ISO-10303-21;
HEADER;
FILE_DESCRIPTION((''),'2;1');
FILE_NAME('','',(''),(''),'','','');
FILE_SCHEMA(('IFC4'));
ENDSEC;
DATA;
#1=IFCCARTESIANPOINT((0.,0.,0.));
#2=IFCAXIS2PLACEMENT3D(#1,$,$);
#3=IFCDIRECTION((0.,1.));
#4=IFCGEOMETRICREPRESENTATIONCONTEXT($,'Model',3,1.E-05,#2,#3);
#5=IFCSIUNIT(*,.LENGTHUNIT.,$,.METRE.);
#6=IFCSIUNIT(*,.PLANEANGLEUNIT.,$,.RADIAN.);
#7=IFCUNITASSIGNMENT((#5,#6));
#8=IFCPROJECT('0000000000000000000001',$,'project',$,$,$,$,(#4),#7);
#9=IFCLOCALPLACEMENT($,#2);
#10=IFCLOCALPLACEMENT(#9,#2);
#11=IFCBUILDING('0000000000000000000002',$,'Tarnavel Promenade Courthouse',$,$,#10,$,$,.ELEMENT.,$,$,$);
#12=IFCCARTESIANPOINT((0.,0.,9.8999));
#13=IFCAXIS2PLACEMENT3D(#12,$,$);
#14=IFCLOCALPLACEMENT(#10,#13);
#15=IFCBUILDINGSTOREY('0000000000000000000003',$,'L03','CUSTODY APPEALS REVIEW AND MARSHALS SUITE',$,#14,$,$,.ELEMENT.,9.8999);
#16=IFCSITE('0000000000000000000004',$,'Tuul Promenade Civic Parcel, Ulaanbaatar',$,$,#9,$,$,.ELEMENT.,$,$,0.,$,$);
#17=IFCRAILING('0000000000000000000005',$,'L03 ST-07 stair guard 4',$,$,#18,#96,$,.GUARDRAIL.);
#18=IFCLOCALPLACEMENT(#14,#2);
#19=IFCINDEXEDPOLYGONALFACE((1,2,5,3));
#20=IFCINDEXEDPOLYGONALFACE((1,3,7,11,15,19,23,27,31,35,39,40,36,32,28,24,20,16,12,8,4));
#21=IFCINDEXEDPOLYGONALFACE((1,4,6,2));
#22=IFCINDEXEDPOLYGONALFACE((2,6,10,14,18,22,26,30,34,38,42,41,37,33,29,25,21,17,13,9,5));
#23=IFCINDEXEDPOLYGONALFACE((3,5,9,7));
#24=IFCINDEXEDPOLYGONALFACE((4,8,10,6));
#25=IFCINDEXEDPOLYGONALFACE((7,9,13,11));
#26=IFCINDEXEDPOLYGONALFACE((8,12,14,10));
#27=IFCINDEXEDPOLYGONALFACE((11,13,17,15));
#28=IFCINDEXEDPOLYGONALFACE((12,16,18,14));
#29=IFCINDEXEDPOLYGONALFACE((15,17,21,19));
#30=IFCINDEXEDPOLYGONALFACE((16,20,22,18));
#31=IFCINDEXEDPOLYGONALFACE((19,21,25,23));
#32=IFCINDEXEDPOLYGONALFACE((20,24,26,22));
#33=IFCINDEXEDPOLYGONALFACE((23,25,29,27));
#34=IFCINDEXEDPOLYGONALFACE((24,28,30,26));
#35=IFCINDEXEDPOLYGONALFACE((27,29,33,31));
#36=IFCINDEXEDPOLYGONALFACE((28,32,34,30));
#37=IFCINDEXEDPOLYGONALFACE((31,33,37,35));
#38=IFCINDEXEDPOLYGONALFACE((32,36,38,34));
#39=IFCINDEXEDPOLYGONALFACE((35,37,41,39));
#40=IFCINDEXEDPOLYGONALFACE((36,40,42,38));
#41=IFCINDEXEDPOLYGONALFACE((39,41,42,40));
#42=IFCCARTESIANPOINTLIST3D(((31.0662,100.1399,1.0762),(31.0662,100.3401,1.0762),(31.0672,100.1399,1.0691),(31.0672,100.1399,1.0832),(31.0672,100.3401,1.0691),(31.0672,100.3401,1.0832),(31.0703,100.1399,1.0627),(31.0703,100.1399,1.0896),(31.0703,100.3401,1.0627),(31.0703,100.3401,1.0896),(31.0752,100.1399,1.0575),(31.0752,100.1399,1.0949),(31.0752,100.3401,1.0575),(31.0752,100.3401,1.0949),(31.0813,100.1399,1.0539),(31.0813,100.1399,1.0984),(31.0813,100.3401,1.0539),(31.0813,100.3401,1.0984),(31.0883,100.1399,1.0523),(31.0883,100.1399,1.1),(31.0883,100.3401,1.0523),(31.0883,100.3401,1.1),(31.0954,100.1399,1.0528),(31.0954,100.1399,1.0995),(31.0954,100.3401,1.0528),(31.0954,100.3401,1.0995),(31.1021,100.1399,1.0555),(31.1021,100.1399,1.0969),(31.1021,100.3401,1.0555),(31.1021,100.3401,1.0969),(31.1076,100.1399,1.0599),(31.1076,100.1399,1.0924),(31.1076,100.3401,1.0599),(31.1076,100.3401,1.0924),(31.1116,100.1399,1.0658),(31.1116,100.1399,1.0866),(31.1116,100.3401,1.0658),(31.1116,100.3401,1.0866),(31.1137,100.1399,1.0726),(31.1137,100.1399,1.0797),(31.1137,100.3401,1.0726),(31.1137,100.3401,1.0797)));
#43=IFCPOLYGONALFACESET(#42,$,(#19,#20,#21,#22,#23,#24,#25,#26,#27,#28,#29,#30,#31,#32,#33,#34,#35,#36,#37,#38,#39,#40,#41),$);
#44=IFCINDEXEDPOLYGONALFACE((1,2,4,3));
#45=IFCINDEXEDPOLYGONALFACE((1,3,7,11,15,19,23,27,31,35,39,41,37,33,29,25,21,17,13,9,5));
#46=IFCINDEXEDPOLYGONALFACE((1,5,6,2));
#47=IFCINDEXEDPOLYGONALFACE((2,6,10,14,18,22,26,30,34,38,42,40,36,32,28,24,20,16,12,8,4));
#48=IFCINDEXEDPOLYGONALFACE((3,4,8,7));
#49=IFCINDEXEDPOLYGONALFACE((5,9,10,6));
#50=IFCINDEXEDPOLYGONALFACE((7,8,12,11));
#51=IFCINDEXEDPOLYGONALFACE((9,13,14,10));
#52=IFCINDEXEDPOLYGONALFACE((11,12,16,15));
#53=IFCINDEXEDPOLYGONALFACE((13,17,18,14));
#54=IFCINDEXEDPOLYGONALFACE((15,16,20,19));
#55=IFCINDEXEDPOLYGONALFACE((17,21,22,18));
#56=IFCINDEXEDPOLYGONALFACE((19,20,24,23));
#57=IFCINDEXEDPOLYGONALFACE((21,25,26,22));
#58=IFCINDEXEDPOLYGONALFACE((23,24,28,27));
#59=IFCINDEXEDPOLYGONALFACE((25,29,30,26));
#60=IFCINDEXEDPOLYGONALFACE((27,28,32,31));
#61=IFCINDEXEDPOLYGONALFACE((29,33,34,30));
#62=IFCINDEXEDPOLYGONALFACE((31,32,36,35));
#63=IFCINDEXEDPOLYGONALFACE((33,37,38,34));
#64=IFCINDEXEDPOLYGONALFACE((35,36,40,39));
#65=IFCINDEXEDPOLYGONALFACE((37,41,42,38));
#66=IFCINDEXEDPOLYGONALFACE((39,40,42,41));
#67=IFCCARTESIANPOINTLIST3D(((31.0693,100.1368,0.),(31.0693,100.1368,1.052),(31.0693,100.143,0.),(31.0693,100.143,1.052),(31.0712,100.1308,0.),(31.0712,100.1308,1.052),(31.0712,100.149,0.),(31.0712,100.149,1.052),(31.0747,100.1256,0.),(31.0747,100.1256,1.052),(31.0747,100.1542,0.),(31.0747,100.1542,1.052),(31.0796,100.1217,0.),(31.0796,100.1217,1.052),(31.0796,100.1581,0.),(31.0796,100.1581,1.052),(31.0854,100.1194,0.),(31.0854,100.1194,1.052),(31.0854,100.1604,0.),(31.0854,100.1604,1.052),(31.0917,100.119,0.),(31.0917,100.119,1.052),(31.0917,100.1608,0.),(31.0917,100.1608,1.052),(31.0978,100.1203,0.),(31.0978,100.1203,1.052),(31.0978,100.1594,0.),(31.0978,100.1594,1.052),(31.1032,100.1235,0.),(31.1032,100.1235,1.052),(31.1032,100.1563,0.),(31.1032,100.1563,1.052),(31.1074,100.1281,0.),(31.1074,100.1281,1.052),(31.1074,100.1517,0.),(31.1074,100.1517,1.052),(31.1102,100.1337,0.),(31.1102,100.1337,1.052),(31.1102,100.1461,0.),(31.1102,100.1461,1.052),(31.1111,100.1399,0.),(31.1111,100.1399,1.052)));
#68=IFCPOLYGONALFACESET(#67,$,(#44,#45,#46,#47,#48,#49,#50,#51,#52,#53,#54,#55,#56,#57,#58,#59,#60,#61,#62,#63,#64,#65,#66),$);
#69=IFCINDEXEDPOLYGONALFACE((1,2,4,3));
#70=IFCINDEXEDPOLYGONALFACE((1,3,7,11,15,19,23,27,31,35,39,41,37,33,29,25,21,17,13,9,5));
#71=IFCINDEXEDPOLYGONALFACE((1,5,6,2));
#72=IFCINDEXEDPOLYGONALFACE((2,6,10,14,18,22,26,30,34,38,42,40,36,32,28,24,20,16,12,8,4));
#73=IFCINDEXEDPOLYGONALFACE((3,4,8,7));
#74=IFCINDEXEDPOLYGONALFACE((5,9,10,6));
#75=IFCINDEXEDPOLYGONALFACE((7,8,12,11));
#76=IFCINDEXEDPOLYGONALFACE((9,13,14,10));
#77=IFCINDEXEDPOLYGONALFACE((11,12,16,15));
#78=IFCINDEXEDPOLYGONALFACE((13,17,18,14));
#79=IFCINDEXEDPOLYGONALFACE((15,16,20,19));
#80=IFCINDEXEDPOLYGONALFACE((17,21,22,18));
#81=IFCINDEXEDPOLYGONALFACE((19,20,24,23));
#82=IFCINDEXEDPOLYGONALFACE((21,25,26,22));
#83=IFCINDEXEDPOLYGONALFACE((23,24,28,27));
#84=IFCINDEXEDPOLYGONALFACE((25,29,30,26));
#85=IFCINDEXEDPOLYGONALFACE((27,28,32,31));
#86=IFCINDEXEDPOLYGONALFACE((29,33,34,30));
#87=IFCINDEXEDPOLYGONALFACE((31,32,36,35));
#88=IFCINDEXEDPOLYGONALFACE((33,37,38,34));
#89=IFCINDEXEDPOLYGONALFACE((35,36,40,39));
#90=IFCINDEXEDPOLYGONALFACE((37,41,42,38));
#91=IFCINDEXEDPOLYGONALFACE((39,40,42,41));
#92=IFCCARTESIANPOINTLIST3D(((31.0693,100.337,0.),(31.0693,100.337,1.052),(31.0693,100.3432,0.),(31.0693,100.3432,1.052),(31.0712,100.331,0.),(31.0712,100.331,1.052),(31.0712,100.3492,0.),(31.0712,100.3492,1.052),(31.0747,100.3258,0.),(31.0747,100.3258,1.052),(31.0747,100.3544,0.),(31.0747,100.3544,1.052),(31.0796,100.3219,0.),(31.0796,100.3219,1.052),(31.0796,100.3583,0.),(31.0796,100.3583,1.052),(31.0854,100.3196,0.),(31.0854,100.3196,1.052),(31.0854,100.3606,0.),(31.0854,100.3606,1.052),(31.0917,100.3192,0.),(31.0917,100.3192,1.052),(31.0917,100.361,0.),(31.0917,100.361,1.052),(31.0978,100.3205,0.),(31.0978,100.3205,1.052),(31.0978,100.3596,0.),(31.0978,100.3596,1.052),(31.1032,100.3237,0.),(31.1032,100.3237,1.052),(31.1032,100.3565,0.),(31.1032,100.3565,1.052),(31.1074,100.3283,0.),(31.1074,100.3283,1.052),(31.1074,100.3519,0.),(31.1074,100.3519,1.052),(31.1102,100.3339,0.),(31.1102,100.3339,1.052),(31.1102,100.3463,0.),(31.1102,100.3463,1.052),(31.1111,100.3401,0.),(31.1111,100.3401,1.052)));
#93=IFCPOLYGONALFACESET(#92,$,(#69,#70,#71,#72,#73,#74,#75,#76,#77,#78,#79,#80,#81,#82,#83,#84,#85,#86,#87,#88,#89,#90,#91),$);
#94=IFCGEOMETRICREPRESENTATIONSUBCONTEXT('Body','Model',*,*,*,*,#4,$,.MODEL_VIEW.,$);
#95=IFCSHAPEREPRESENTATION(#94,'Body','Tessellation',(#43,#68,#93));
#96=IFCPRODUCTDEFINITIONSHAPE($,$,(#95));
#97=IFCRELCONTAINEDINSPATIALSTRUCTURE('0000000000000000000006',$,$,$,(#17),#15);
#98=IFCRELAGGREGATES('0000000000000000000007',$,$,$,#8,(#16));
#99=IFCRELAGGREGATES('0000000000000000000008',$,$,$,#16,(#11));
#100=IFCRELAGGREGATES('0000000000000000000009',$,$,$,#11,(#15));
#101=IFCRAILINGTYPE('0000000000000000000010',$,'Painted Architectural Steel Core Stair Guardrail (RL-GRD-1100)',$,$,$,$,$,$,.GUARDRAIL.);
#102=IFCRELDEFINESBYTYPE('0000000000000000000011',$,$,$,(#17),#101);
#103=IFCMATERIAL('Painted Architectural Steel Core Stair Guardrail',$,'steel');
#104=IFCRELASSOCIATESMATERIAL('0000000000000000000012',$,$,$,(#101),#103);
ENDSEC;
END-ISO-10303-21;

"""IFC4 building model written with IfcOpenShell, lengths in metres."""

from ifc_helpers import new_model, si_unit, direction, frame, origin, origin_2d, place, context, subcontext, project, spatial, circle, extrude, material, type_object, element, save


model = new_model("IFC4")

# Units and contexts
model_context = context("Model", 3, precision=1e-05, world=origin(), true_north=direction((0.0, 1.0)))
body_context = subcontext(model_context, "Body", "Model", "MODEL_VIEW")
ifc_project = project(units=[si_unit("LENGTHUNIT", "METRE"), si_unit("PLANEANGLEUNIT", "RADIAN")], contexts=[model_context])

# Site, building, storey
site_placement = place(None, origin())
site = spatial("IfcSite", under=ifc_project, at=site_placement, Name="Tuul Promenade Civic Parcel, Ulaanbaatar", CompositionType="ELEMENT", RefElevation=0.0)
building_placement = place(site_placement, origin())
building = spatial("IfcBuilding", under=site, at=building_placement, Name="Tarnavel Promenade Courthouse", CompositionType="ELEMENT")
storey_placement = place(building_placement, frame((0.0, 0.0, 9.8999)))
storey = spatial("IfcBuildingStorey", under=building, at=storey_placement, Name="L03", Description="CUSTODY APPEALS REVIEW AND MARSHALS SUITE", CompositionType="ELEMENT", Elevation=9.8999)

# Railing
ifc_material_1 = material(Name="Painted Architectural Steel Core Stair Guardrail", Category="steel")
railing_type_1 = type_object("IfcRailingType", Name="Painted Architectural Steel Core Stair Guardrail (RL-GRD-1100)", PredefinedType="GUARDRAIL", material=ifc_material_1)
railing_1_placement = place(storey_placement, frame((31.0901, 100.1399, 0.0)))
element("IfcRailing", 1, at=railing_1_placement, inside=storey, type_object=railing_type_1, Name="L03 ST-07 stair guard 4", PredefinedType="GUARDRAIL", context=body_context, shape_type="SweptSolid", body=[
    extrude(circle(Radius=0.0239, at=origin_2d()), frame((0.0, 0.0, 1.0762), z_axis=(0.0, 1.0, 0.0), x_axis=(-1.0, 0.0, 0.0)), (0.0, 0.0, 1.0), 0.2002),
    extrude(circle(Radius=0.021, at=origin_2d()), origin(), (0.0, 0.0, 1.0), 1.052),
    extrude(circle(Radius=0.021, at=origin_2d()), frame((0.0, 0.2002, 0.0)), (0.0, 0.0, 1.0), 1.052),
])

save(model, "model.ifc")
